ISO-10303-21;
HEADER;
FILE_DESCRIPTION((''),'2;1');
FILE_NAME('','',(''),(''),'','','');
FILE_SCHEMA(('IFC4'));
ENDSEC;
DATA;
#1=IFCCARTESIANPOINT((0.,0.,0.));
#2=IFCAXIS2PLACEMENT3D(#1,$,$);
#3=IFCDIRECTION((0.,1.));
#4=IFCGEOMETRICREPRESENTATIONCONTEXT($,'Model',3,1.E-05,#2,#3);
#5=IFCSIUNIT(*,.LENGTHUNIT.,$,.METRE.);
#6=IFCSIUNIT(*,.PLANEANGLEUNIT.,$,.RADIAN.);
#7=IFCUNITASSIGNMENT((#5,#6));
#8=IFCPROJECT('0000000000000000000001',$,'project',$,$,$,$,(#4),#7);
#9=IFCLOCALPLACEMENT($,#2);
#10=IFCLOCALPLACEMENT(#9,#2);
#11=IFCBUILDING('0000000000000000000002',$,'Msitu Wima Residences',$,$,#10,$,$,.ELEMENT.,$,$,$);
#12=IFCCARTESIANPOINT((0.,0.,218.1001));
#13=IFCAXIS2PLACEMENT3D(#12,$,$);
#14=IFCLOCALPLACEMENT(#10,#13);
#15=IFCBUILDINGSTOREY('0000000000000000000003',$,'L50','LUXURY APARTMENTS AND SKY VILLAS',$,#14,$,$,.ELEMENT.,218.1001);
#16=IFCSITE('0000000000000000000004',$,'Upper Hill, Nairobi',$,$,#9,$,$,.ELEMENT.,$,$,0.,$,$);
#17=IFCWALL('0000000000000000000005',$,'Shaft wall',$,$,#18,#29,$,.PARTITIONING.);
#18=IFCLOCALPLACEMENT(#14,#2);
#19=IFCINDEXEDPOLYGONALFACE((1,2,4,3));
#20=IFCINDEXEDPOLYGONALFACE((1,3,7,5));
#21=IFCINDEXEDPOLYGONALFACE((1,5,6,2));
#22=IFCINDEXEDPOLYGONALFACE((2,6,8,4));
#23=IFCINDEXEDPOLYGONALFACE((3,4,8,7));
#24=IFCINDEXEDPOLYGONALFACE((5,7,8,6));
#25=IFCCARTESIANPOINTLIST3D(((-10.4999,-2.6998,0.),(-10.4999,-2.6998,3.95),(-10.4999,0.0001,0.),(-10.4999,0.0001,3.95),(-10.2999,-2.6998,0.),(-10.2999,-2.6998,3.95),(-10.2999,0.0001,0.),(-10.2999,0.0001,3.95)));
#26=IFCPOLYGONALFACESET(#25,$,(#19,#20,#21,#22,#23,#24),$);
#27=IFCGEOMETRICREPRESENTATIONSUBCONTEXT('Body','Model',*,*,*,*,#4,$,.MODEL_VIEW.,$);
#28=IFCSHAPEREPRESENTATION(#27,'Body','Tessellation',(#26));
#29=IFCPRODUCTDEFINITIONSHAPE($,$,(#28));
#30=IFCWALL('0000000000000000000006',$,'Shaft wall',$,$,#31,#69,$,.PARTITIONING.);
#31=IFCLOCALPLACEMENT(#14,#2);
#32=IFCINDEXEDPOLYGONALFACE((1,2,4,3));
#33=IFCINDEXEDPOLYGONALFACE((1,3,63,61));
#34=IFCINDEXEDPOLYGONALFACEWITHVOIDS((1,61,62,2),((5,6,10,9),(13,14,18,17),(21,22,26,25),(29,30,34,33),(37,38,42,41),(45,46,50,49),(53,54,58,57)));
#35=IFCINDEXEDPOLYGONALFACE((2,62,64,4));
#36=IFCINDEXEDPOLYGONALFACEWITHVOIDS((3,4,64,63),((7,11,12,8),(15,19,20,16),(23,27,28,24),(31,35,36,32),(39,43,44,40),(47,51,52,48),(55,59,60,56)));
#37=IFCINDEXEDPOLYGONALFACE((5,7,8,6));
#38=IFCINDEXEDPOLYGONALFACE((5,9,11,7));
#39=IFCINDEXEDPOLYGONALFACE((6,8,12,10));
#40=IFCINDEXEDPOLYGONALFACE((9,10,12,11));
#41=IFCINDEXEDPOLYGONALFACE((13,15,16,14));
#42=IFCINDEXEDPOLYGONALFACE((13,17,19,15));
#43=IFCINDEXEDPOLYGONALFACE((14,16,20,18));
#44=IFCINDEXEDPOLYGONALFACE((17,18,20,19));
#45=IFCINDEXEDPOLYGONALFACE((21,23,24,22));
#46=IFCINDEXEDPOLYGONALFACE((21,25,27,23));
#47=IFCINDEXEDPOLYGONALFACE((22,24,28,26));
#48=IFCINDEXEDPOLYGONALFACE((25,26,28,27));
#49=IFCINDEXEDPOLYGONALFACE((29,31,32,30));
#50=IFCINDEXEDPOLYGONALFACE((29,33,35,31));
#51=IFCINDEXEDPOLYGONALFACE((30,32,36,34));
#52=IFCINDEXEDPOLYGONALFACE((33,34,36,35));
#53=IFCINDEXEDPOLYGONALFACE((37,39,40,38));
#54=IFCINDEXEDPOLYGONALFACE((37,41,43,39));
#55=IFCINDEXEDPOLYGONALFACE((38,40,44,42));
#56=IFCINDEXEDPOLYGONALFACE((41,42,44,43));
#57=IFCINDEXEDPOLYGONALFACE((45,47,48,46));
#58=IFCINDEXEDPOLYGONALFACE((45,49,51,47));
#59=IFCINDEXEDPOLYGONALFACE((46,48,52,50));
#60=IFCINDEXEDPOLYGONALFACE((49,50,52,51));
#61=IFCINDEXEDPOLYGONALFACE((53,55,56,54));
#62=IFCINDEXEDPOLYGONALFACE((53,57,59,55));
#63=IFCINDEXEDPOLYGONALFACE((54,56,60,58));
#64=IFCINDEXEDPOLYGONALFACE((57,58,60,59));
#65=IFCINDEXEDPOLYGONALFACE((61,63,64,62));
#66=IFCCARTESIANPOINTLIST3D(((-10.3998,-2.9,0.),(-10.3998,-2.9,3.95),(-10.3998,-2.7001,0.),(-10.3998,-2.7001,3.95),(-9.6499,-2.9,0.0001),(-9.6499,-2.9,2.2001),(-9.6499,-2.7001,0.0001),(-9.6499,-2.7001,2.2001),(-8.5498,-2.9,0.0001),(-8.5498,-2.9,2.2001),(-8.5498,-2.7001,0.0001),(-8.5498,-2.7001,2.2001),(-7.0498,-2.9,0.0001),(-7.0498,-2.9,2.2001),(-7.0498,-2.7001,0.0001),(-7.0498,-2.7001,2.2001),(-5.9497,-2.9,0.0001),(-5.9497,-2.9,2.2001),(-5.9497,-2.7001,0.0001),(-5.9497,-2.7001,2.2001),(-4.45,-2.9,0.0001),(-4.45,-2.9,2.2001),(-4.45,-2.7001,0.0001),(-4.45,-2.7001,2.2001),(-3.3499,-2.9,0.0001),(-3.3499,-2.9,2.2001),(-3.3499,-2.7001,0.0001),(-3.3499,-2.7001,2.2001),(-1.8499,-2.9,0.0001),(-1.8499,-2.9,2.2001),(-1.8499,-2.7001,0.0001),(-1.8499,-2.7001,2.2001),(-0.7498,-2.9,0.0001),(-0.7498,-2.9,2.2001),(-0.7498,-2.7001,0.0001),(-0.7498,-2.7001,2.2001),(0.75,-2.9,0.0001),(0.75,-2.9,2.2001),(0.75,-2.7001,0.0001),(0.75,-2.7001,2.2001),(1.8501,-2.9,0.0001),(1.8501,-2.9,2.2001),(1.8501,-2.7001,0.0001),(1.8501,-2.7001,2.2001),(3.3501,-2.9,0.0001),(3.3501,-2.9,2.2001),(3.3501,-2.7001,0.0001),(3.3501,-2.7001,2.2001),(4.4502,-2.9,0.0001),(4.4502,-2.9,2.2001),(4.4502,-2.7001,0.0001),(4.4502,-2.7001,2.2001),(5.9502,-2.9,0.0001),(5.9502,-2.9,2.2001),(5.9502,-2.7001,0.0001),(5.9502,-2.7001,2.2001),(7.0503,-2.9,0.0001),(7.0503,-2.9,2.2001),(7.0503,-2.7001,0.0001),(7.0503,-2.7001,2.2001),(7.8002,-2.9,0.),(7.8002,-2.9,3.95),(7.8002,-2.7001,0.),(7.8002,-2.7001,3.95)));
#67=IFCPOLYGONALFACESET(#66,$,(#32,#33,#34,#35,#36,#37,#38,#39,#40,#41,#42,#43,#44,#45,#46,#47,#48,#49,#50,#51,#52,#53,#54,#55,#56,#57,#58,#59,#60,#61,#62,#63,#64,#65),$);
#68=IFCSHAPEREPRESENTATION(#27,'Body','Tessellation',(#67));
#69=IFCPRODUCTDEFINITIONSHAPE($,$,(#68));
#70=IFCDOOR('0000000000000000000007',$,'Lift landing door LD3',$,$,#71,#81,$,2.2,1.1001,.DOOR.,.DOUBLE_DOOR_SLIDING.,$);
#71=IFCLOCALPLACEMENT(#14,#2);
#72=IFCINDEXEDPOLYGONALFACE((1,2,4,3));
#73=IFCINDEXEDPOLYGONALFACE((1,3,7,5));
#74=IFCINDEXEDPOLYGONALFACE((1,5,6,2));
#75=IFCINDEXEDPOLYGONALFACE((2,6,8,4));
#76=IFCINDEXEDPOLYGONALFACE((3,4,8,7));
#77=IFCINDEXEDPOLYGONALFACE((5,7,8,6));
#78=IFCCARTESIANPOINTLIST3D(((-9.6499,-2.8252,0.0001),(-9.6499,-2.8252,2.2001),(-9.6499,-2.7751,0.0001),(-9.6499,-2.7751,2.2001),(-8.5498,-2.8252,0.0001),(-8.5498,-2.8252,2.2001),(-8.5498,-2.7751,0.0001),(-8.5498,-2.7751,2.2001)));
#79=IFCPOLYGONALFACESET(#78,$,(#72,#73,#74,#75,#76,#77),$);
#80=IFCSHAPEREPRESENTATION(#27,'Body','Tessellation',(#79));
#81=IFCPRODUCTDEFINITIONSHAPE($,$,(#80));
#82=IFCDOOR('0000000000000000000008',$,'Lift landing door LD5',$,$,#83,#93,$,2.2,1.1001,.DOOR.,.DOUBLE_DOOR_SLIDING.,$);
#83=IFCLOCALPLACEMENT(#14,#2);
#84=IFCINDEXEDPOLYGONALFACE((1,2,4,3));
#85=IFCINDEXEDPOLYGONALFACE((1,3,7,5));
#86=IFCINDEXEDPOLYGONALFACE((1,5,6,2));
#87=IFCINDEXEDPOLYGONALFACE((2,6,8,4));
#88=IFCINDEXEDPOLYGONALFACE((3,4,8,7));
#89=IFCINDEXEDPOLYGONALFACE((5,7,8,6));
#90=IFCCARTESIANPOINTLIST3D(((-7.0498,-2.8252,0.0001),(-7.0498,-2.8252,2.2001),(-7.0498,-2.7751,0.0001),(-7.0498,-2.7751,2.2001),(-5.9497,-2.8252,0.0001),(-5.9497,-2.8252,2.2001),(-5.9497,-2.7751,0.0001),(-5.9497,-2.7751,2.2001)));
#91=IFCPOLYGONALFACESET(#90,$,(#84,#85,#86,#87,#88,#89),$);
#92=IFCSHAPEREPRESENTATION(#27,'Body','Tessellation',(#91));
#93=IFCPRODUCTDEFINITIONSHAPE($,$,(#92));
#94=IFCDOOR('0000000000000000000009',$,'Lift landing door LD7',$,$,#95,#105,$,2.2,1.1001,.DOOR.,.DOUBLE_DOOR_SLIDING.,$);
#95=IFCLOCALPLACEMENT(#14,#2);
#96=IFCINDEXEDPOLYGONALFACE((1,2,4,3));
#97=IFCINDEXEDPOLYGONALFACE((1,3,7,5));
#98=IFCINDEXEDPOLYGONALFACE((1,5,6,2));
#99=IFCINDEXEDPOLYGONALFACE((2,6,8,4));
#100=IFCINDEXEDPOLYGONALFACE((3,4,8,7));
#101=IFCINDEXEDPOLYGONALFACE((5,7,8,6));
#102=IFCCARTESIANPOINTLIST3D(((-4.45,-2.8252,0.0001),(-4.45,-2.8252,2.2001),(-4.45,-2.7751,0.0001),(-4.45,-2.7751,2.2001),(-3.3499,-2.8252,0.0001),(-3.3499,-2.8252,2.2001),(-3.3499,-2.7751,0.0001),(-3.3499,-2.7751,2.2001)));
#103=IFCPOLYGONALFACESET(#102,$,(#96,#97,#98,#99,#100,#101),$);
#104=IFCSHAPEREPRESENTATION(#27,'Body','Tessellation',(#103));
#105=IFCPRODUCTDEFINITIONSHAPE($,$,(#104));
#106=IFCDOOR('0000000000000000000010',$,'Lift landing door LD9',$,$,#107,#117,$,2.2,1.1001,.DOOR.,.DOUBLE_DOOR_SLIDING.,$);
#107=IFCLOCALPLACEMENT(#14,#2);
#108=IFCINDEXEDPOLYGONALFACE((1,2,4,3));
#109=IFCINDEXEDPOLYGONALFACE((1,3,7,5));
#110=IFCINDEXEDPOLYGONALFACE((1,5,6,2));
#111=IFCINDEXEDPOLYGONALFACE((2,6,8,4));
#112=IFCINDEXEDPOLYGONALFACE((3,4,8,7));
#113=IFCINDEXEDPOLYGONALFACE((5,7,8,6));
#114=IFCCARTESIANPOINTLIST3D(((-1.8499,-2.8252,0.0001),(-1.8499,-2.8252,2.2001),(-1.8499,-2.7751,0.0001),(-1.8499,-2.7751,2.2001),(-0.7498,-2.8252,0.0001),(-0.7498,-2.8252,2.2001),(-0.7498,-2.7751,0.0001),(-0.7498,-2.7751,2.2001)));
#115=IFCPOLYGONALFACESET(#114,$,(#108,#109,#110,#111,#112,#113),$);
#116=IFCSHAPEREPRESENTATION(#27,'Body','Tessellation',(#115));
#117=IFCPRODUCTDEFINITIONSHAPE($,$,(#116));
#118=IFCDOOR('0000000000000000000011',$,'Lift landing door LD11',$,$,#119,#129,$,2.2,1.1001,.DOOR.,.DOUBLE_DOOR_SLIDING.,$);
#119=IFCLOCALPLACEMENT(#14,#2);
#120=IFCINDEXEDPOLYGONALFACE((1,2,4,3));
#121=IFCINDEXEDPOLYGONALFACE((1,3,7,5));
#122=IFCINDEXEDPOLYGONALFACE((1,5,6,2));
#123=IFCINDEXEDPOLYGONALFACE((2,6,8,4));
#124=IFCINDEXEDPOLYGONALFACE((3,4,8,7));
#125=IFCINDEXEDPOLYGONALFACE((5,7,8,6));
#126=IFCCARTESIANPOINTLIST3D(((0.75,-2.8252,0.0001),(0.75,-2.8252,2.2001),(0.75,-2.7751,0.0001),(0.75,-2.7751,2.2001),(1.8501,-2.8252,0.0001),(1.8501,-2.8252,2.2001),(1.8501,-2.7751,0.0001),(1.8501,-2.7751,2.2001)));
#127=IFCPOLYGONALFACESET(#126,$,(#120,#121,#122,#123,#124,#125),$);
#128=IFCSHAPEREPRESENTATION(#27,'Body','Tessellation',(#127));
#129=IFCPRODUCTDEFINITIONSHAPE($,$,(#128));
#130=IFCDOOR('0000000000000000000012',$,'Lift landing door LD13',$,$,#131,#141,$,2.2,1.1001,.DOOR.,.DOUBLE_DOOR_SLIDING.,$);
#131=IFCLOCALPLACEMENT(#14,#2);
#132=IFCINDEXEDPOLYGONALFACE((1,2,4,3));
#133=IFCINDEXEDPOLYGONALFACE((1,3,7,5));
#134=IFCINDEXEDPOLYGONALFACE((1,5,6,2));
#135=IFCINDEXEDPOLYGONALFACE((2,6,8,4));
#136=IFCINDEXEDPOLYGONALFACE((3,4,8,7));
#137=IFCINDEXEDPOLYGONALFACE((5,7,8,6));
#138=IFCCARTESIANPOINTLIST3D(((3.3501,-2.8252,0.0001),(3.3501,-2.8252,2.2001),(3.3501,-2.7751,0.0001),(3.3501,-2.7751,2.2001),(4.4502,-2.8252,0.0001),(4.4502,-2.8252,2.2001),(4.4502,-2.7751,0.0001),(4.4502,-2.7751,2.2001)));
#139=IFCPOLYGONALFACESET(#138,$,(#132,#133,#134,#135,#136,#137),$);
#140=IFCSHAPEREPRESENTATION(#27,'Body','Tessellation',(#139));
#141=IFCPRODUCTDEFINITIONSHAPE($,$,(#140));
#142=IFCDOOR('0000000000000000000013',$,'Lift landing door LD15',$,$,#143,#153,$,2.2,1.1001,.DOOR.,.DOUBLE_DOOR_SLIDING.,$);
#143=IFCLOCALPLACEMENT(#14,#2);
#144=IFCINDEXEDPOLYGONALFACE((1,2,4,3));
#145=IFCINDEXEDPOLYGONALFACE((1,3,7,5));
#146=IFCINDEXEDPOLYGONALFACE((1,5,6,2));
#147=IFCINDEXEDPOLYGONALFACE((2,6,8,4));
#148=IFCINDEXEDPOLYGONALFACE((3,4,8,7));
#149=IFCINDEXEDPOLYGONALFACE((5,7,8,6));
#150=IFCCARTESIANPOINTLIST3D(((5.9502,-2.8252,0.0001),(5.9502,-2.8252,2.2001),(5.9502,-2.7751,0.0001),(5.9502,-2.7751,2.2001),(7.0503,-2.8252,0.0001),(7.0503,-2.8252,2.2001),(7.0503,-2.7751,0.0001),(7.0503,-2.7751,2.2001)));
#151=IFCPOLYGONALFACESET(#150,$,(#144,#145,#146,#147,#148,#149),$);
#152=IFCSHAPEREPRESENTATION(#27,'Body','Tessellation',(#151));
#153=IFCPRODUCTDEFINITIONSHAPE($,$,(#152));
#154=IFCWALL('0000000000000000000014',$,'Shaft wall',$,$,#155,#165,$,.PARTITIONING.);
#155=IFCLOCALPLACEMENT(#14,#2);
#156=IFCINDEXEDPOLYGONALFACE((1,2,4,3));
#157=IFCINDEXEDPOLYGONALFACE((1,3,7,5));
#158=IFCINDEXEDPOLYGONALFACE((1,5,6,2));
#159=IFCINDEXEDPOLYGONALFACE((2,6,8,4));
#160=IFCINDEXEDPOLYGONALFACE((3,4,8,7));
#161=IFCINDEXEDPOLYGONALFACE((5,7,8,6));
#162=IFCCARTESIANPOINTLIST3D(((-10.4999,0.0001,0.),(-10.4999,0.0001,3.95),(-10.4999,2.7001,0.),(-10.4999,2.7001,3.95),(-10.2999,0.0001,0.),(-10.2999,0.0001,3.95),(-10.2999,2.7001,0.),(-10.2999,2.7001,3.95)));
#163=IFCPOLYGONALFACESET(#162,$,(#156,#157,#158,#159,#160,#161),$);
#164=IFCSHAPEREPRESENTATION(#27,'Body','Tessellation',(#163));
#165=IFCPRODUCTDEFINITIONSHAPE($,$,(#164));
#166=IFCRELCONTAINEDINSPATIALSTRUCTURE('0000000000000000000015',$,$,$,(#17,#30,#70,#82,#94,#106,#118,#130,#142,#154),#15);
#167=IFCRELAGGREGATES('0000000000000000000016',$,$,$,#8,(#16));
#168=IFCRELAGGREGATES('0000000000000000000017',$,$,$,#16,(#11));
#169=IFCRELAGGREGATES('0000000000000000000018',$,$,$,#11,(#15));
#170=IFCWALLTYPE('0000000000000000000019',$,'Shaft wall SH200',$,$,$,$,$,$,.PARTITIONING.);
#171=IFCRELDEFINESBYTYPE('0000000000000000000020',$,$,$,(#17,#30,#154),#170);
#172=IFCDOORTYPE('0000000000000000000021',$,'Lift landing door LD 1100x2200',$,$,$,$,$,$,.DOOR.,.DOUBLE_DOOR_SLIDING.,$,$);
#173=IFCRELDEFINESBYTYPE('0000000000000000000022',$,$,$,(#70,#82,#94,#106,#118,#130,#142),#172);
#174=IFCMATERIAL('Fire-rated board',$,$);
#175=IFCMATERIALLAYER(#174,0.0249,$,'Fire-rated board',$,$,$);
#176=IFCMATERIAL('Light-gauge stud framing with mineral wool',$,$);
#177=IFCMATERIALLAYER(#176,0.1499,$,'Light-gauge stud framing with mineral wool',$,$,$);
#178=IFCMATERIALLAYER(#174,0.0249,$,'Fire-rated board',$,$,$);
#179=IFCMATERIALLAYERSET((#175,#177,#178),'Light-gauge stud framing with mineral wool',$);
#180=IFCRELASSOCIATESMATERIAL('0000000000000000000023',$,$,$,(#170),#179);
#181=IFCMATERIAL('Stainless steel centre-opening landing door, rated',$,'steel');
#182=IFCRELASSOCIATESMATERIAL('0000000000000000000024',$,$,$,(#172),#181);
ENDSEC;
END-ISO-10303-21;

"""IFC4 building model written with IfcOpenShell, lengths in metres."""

from ifc_helpers import new_model, si_unit, direction, frame, frame_2d, origin, place, context, subcontext, project, spatial, rectangle, extrude, material, layer, layer_set, type_object, element, fill, save


model = new_model("IFC4")

# Units and contexts
model_context = context("Model", 3, precision=1e-05, world=origin(), true_north=direction((0.0, 1.0)))
body_context = subcontext(model_context, "Body", "Model", "MODEL_VIEW")
ifc_project = project(units=[si_unit("LENGTHUNIT", "METRE"), si_unit("PLANEANGLEUNIT", "RADIAN")], contexts=[model_context])

# Site, building, storey
site_placement = place(None, origin())
site = spatial("IfcSite", under=ifc_project, at=site_placement, Name="Upper Hill, Nairobi", CompositionType="ELEMENT", RefElevation=0.0)
building_placement = place(site_placement, origin())
building = spatial("IfcBuilding", under=site, at=building_placement, Name="Msitu Wima Residences", CompositionType="ELEMENT")
storey_placement = place(building_placement, frame((0.0, 0.0, 218.1001)))
storey = spatial("IfcBuildingStorey", under=building, at=storey_placement, Name="L50", Description="LUXURY APARTMENTS AND SKY VILLAS", CompositionType="ELEMENT", Elevation=218.1001)

# Wall
ifc_material_1 = material(Name="Fire-rated board")
ifc_layer_1 = layer(ifc_material_1, 0.0249, Name="Fire-rated board")
ifc_material_2 = material(Name="Light-gauge stud framing with mineral wool")
ifc_layer_2 = layer(ifc_material_2, 0.1499, Name="Light-gauge stud framing with mineral wool")
ifc_layer_3 = layer(ifc_material_1, 0.0249, Name="Fire-rated board")
ifc_layer_set_1 = layer_set([ifc_layer_1, ifc_layer_2, ifc_layer_3], Name="Light-gauge stud framing with mineral wool")
wall_type_1 = type_object("IfcWallType", Name="Shaft wall SH200", PredefinedType="PARTITIONING", material=ifc_layer_set_1)
wall_1_placement = place(storey_placement, frame((-10.3999, -2.7, 0.0), z_axis=(0.0, 0.0, 1.0), x_axis=(0.0, 1.0, 0.0)))
element("IfcWall", 1, at=wall_1_placement, inside=storey, type_object=wall_type_1, Name="Shaft wall", PredefinedType="PARTITIONING", context=body_context, shape_type="SweptSolid", body=[
    extrude(rectangle(XDim=2.7, YDim=0.2, at=frame_2d((1.3501, 0.0))), origin(), (0.0, 0.0, 1.0), 3.95),
])

# Wall, openings, doors
wall_2_placement = place(storey_placement, frame((-10.3999, -2.8, 0.0), z_axis=(0.0, 0.0, 1.0), x_axis=(1.0, 0.0, 0.0)))
wall_2 = element("IfcWall", 2, at=wall_2_placement, inside=storey, type_object=wall_type_1, Name="Shaft wall", PredefinedType="PARTITIONING", context=body_context, shape_type="SweptSolid", body=[
    extrude(rectangle(XDim=18.2, YDim=0.2, at=frame_2d((9.1001, 0.0))), origin(), (0.0, 0.0, 1.0), 3.95),
])
opening_1_placement = place(wall_2_placement, frame((0.75, 0.0, 0.0)))
opening_1 = element("IfcOpeningElement", 3, at=opening_1_placement, cuts=wall_2, PredefinedType="OPENING", context=body_context, shape_type="SweptSolid", body=[
    extrude(rectangle(XDim=1.1001, YDim=2.2, at=frame_2d((0.55, 1.1001))), frame((0.0, 0.1099, 0.0), z_axis=(0.0, -1.0, 0.0), x_axis=(1.0, 0.0, 0.0)), (0.0, 0.0, 1.0), 0.22),
])
opening_2_placement = place(wall_2_placement, frame((3.3501, 0.0, 0.0)))
opening_2 = element("IfcOpeningElement", 4, at=opening_2_placement, cuts=wall_2, PredefinedType="OPENING", context=body_context, shape_type="SweptSolid", body=[
    extrude(rectangle(XDim=1.1001, YDim=2.2, at=frame_2d((0.55, 1.1001))), frame((0.0, 0.1099, 0.0), z_axis=(0.0, -1.0, 0.0), x_axis=(1.0, 0.0, 0.0)), (0.0, 0.0, 1.0), 0.22),
])
opening_3_placement = place(wall_2_placement, frame((5.95, 0.0, 0.0)))
opening_3 = element("IfcOpeningElement", 5, at=opening_3_placement, cuts=wall_2, PredefinedType="OPENING", context=body_context, shape_type="SweptSolid", body=[
    extrude(rectangle(XDim=1.1001, YDim=2.2, at=frame_2d((0.55, 1.1001))), frame((0.0, 0.1099, 0.0), z_axis=(0.0, -1.0, 0.0), x_axis=(1.0, 0.0, 0.0)), (0.0, 0.0, 1.0), 0.22),
])
opening_4_placement = place(wall_2_placement, frame((8.55, 0.0, 0.0)))
opening_4 = element("IfcOpeningElement", 6, at=opening_4_placement, cuts=wall_2, PredefinedType="OPENING", context=body_context, shape_type="SweptSolid", body=[
    extrude(rectangle(XDim=1.1001, YDim=2.2, at=frame_2d((0.55, 1.1001))), frame((0.0, 0.1099, 0.0), z_axis=(0.0, -1.0, 0.0), x_axis=(1.0, 0.0, 0.0)), (0.0, 0.0, 1.0), 0.22),
])
opening_5_placement = place(wall_2_placement, frame((11.1499, 0.0, 0.0)))
opening_5 = element("IfcOpeningElement", 7, at=opening_5_placement, cuts=wall_2, PredefinedType="OPENING", context=body_context, shape_type="SweptSolid", body=[
    extrude(rectangle(XDim=1.1001, YDim=2.2, at=frame_2d((0.55, 1.1001))), frame((0.0, 0.1099, 0.0), z_axis=(0.0, -1.0, 0.0), x_axis=(1.0, 0.0, 0.0)), (0.0, 0.0, 1.0), 0.22),
])
opening_6_placement = place(wall_2_placement, frame((13.75, 0.0, 0.0)))
opening_6 = element("IfcOpeningElement", 8, at=opening_6_placement, cuts=wall_2, PredefinedType="OPENING", context=body_context, shape_type="SweptSolid", body=[
    extrude(rectangle(XDim=1.1001, YDim=2.2, at=frame_2d((0.55, 1.1001))), frame((0.0, 0.1099, 0.0), z_axis=(0.0, -1.0, 0.0), x_axis=(1.0, 0.0, 0.0)), (0.0, 0.0, 1.0), 0.22),
])
opening_7_placement = place(wall_2_placement, frame((16.3501, 0.0, 0.0)))
opening_7 = element("IfcOpeningElement", 9, at=opening_7_placement, cuts=wall_2, PredefinedType="OPENING", context=body_context, shape_type="SweptSolid", body=[
    extrude(rectangle(XDim=1.1001, YDim=2.2, at=frame_2d((0.55, 1.1001))), frame((0.0, 0.1099, 0.0), z_axis=(0.0, -1.0, 0.0), x_axis=(1.0, 0.0, 0.0)), (0.0, 0.0, 1.0), 0.22),
])
ifc_material_3 = material(Name="Stainless steel centre-opening landing door, rated", Category="steel")
door_type_1 = type_object("IfcDoorType", Name="Lift landing door LD 1100x2200", OperationType="DOUBLE_DOOR_SLIDING", PredefinedType="DOOR", material=ifc_material_3)
door_1_placement = place(opening_1_placement, origin())
door_1 = element("IfcDoor", 10, at=door_1_placement, inside=storey, type_object=door_type_1, Name="Lift landing door LD3", OperationType="DOUBLE_DOOR_SLIDING", OverallHeight=2.2, OverallWidth=1.1001, PredefinedType="DOOR", context=body_context, shape_type="SweptSolid", body=[
    extrude(rectangle(XDim=1.1001, YDim=2.2, at=frame_2d((0.55, 1.1001))), frame((0.0, 0.0249, 0.0), z_axis=(0.0, -1.0, 0.0), x_axis=(1.0, 0.0, 0.0)), (0.0, 0.0, 1.0), 0.05),
])
fill(opening_1, door_1)
door_2_placement = place(opening_2_placement, origin())
door_2 = element("IfcDoor", 11, at=door_2_placement, inside=storey, type_object=door_type_1, Name="Lift landing door LD5", OperationType="DOUBLE_DOOR_SLIDING", OverallHeight=2.2, OverallWidth=1.1001, PredefinedType="DOOR", context=body_context, shape_type="SweptSolid", body=[
    extrude(rectangle(XDim=1.1001, YDim=2.2, at=frame_2d((0.55, 1.1001))), frame((0.0, 0.0249, 0.0), z_axis=(0.0, -1.0, 0.0), x_axis=(1.0, 0.0, 0.0)), (0.0, 0.0, 1.0), 0.05),
])
fill(opening_2, door_2)
door_3_placement = place(opening_3_placement, origin())
door_3 = element("IfcDoor", 12, at=door_3_placement, inside=storey, type_object=door_type_1, Name="Lift landing door LD7", OperationType="DOUBLE_DOOR_SLIDING", OverallHeight=2.2, OverallWidth=1.1001, PredefinedType="DOOR", context=body_context, shape_type="SweptSolid", body=[
    extrude(rectangle(XDim=1.1001, YDim=2.2, at=frame_2d((0.55, 1.1001))), frame((0.0, 0.0249, 0.0), z_axis=(0.0, -1.0, 0.0), x_axis=(1.0, 0.0, 0.0)), (0.0, 0.0, 1.0), 0.05),
])
fill(opening_3, door_3)
door_4_placement = place(opening_4_placement, origin())
door_4 = element("IfcDoor", 13, at=door_4_placement, inside=storey, type_object=door_type_1, Name="Lift landing door LD9", OperationType="DOUBLE_DOOR_SLIDING", OverallHeight=2.2, OverallWidth=1.1001, PredefinedType="DOOR", context=body_context, shape_type="SweptSolid", body=[
    extrude(rectangle(XDim=1.1001, YDim=2.2, at=frame_2d((0.55, 1.1001))), frame((0.0, 0.0249, 0.0), z_axis=(0.0, -1.0, 0.0), x_axis=(1.0, 0.0, 0.0)), (0.0, 0.0, 1.0), 0.05),
])
fill(opening_4, door_4)
door_5_placement = place(opening_5_placement, origin())
door_5 = element("IfcDoor", 14, at=door_5_placement, inside=storey, type_object=door_type_1, Name="Lift landing door LD11", OperationType="DOUBLE_DOOR_SLIDING", OverallHeight=2.2, OverallWidth=1.1001, PredefinedType="DOOR", context=body_context, shape_type="SweptSolid", body=[
    extrude(rectangle(XDim=1.1001, YDim=2.2, at=frame_2d((0.55, 1.1001))), frame((0.0, 0.0249, 0.0), z_axis=(0.0, -1.0, 0.0), x_axis=(1.0, 0.0, 0.0)), (0.0, 0.0, 1.0), 0.05),
])
fill(opening_5, door_5)
door_6_placement = place(opening_6_placement, origin())
door_6 = element("IfcDoor", 15, at=door_6_placement, inside=storey, type_object=door_type_1, Name="Lift landing door LD13", OperationType="DOUBLE_DOOR_SLIDING", OverallHeight=2.2, OverallWidth=1.1001, PredefinedType="DOOR", context=body_context, shape_type="SweptSolid", body=[
    extrude(rectangle(XDim=1.1001, YDim=2.2, at=frame_2d((0.55, 1.1001))), frame((0.0, 0.0249, 0.0), z_axis=(0.0, -1.0, 0.0), x_axis=(1.0, 0.0, 0.0)), (0.0, 0.0, 1.0), 0.05),
])
fill(opening_6, door_6)
door_7_placement = place(opening_7_placement, origin())
door_7 = element("IfcDoor", 16, at=door_7_placement, inside=storey, type_object=door_type_1, Name="Lift landing door LD15", OperationType="DOUBLE_DOOR_SLIDING", OverallHeight=2.2, OverallWidth=1.1001, PredefinedType="DOOR", context=body_context, shape_type="SweptSolid", body=[
    extrude(rectangle(XDim=1.1001, YDim=2.2, at=frame_2d((0.55, 1.1001))), frame((0.0, 0.0249, 0.0), z_axis=(0.0, -1.0, 0.0), x_axis=(1.0, 0.0, 0.0)), (0.0, 0.0, 1.0), 0.05),
])
fill(opening_7, door_7)

# Wall
wall_3_placement = place(storey_placement, frame((-10.3999, 0.0, 0.0), z_axis=(0.0, 0.0, 1.0), x_axis=(0.0, 1.0, 0.0)))
element("IfcWall", 17, at=wall_3_placement, inside=storey, type_object=wall_type_1, Name="Shaft wall", PredefinedType="PARTITIONING", context=body_context, shape_type="SweptSolid", body=[
    extrude(rectangle(XDim=2.7, YDim=0.2, at=frame_2d((1.3501, 0.0))), origin(), (0.0, 0.0, 1.0), 3.95),
])

save(model, "model.ifc")
